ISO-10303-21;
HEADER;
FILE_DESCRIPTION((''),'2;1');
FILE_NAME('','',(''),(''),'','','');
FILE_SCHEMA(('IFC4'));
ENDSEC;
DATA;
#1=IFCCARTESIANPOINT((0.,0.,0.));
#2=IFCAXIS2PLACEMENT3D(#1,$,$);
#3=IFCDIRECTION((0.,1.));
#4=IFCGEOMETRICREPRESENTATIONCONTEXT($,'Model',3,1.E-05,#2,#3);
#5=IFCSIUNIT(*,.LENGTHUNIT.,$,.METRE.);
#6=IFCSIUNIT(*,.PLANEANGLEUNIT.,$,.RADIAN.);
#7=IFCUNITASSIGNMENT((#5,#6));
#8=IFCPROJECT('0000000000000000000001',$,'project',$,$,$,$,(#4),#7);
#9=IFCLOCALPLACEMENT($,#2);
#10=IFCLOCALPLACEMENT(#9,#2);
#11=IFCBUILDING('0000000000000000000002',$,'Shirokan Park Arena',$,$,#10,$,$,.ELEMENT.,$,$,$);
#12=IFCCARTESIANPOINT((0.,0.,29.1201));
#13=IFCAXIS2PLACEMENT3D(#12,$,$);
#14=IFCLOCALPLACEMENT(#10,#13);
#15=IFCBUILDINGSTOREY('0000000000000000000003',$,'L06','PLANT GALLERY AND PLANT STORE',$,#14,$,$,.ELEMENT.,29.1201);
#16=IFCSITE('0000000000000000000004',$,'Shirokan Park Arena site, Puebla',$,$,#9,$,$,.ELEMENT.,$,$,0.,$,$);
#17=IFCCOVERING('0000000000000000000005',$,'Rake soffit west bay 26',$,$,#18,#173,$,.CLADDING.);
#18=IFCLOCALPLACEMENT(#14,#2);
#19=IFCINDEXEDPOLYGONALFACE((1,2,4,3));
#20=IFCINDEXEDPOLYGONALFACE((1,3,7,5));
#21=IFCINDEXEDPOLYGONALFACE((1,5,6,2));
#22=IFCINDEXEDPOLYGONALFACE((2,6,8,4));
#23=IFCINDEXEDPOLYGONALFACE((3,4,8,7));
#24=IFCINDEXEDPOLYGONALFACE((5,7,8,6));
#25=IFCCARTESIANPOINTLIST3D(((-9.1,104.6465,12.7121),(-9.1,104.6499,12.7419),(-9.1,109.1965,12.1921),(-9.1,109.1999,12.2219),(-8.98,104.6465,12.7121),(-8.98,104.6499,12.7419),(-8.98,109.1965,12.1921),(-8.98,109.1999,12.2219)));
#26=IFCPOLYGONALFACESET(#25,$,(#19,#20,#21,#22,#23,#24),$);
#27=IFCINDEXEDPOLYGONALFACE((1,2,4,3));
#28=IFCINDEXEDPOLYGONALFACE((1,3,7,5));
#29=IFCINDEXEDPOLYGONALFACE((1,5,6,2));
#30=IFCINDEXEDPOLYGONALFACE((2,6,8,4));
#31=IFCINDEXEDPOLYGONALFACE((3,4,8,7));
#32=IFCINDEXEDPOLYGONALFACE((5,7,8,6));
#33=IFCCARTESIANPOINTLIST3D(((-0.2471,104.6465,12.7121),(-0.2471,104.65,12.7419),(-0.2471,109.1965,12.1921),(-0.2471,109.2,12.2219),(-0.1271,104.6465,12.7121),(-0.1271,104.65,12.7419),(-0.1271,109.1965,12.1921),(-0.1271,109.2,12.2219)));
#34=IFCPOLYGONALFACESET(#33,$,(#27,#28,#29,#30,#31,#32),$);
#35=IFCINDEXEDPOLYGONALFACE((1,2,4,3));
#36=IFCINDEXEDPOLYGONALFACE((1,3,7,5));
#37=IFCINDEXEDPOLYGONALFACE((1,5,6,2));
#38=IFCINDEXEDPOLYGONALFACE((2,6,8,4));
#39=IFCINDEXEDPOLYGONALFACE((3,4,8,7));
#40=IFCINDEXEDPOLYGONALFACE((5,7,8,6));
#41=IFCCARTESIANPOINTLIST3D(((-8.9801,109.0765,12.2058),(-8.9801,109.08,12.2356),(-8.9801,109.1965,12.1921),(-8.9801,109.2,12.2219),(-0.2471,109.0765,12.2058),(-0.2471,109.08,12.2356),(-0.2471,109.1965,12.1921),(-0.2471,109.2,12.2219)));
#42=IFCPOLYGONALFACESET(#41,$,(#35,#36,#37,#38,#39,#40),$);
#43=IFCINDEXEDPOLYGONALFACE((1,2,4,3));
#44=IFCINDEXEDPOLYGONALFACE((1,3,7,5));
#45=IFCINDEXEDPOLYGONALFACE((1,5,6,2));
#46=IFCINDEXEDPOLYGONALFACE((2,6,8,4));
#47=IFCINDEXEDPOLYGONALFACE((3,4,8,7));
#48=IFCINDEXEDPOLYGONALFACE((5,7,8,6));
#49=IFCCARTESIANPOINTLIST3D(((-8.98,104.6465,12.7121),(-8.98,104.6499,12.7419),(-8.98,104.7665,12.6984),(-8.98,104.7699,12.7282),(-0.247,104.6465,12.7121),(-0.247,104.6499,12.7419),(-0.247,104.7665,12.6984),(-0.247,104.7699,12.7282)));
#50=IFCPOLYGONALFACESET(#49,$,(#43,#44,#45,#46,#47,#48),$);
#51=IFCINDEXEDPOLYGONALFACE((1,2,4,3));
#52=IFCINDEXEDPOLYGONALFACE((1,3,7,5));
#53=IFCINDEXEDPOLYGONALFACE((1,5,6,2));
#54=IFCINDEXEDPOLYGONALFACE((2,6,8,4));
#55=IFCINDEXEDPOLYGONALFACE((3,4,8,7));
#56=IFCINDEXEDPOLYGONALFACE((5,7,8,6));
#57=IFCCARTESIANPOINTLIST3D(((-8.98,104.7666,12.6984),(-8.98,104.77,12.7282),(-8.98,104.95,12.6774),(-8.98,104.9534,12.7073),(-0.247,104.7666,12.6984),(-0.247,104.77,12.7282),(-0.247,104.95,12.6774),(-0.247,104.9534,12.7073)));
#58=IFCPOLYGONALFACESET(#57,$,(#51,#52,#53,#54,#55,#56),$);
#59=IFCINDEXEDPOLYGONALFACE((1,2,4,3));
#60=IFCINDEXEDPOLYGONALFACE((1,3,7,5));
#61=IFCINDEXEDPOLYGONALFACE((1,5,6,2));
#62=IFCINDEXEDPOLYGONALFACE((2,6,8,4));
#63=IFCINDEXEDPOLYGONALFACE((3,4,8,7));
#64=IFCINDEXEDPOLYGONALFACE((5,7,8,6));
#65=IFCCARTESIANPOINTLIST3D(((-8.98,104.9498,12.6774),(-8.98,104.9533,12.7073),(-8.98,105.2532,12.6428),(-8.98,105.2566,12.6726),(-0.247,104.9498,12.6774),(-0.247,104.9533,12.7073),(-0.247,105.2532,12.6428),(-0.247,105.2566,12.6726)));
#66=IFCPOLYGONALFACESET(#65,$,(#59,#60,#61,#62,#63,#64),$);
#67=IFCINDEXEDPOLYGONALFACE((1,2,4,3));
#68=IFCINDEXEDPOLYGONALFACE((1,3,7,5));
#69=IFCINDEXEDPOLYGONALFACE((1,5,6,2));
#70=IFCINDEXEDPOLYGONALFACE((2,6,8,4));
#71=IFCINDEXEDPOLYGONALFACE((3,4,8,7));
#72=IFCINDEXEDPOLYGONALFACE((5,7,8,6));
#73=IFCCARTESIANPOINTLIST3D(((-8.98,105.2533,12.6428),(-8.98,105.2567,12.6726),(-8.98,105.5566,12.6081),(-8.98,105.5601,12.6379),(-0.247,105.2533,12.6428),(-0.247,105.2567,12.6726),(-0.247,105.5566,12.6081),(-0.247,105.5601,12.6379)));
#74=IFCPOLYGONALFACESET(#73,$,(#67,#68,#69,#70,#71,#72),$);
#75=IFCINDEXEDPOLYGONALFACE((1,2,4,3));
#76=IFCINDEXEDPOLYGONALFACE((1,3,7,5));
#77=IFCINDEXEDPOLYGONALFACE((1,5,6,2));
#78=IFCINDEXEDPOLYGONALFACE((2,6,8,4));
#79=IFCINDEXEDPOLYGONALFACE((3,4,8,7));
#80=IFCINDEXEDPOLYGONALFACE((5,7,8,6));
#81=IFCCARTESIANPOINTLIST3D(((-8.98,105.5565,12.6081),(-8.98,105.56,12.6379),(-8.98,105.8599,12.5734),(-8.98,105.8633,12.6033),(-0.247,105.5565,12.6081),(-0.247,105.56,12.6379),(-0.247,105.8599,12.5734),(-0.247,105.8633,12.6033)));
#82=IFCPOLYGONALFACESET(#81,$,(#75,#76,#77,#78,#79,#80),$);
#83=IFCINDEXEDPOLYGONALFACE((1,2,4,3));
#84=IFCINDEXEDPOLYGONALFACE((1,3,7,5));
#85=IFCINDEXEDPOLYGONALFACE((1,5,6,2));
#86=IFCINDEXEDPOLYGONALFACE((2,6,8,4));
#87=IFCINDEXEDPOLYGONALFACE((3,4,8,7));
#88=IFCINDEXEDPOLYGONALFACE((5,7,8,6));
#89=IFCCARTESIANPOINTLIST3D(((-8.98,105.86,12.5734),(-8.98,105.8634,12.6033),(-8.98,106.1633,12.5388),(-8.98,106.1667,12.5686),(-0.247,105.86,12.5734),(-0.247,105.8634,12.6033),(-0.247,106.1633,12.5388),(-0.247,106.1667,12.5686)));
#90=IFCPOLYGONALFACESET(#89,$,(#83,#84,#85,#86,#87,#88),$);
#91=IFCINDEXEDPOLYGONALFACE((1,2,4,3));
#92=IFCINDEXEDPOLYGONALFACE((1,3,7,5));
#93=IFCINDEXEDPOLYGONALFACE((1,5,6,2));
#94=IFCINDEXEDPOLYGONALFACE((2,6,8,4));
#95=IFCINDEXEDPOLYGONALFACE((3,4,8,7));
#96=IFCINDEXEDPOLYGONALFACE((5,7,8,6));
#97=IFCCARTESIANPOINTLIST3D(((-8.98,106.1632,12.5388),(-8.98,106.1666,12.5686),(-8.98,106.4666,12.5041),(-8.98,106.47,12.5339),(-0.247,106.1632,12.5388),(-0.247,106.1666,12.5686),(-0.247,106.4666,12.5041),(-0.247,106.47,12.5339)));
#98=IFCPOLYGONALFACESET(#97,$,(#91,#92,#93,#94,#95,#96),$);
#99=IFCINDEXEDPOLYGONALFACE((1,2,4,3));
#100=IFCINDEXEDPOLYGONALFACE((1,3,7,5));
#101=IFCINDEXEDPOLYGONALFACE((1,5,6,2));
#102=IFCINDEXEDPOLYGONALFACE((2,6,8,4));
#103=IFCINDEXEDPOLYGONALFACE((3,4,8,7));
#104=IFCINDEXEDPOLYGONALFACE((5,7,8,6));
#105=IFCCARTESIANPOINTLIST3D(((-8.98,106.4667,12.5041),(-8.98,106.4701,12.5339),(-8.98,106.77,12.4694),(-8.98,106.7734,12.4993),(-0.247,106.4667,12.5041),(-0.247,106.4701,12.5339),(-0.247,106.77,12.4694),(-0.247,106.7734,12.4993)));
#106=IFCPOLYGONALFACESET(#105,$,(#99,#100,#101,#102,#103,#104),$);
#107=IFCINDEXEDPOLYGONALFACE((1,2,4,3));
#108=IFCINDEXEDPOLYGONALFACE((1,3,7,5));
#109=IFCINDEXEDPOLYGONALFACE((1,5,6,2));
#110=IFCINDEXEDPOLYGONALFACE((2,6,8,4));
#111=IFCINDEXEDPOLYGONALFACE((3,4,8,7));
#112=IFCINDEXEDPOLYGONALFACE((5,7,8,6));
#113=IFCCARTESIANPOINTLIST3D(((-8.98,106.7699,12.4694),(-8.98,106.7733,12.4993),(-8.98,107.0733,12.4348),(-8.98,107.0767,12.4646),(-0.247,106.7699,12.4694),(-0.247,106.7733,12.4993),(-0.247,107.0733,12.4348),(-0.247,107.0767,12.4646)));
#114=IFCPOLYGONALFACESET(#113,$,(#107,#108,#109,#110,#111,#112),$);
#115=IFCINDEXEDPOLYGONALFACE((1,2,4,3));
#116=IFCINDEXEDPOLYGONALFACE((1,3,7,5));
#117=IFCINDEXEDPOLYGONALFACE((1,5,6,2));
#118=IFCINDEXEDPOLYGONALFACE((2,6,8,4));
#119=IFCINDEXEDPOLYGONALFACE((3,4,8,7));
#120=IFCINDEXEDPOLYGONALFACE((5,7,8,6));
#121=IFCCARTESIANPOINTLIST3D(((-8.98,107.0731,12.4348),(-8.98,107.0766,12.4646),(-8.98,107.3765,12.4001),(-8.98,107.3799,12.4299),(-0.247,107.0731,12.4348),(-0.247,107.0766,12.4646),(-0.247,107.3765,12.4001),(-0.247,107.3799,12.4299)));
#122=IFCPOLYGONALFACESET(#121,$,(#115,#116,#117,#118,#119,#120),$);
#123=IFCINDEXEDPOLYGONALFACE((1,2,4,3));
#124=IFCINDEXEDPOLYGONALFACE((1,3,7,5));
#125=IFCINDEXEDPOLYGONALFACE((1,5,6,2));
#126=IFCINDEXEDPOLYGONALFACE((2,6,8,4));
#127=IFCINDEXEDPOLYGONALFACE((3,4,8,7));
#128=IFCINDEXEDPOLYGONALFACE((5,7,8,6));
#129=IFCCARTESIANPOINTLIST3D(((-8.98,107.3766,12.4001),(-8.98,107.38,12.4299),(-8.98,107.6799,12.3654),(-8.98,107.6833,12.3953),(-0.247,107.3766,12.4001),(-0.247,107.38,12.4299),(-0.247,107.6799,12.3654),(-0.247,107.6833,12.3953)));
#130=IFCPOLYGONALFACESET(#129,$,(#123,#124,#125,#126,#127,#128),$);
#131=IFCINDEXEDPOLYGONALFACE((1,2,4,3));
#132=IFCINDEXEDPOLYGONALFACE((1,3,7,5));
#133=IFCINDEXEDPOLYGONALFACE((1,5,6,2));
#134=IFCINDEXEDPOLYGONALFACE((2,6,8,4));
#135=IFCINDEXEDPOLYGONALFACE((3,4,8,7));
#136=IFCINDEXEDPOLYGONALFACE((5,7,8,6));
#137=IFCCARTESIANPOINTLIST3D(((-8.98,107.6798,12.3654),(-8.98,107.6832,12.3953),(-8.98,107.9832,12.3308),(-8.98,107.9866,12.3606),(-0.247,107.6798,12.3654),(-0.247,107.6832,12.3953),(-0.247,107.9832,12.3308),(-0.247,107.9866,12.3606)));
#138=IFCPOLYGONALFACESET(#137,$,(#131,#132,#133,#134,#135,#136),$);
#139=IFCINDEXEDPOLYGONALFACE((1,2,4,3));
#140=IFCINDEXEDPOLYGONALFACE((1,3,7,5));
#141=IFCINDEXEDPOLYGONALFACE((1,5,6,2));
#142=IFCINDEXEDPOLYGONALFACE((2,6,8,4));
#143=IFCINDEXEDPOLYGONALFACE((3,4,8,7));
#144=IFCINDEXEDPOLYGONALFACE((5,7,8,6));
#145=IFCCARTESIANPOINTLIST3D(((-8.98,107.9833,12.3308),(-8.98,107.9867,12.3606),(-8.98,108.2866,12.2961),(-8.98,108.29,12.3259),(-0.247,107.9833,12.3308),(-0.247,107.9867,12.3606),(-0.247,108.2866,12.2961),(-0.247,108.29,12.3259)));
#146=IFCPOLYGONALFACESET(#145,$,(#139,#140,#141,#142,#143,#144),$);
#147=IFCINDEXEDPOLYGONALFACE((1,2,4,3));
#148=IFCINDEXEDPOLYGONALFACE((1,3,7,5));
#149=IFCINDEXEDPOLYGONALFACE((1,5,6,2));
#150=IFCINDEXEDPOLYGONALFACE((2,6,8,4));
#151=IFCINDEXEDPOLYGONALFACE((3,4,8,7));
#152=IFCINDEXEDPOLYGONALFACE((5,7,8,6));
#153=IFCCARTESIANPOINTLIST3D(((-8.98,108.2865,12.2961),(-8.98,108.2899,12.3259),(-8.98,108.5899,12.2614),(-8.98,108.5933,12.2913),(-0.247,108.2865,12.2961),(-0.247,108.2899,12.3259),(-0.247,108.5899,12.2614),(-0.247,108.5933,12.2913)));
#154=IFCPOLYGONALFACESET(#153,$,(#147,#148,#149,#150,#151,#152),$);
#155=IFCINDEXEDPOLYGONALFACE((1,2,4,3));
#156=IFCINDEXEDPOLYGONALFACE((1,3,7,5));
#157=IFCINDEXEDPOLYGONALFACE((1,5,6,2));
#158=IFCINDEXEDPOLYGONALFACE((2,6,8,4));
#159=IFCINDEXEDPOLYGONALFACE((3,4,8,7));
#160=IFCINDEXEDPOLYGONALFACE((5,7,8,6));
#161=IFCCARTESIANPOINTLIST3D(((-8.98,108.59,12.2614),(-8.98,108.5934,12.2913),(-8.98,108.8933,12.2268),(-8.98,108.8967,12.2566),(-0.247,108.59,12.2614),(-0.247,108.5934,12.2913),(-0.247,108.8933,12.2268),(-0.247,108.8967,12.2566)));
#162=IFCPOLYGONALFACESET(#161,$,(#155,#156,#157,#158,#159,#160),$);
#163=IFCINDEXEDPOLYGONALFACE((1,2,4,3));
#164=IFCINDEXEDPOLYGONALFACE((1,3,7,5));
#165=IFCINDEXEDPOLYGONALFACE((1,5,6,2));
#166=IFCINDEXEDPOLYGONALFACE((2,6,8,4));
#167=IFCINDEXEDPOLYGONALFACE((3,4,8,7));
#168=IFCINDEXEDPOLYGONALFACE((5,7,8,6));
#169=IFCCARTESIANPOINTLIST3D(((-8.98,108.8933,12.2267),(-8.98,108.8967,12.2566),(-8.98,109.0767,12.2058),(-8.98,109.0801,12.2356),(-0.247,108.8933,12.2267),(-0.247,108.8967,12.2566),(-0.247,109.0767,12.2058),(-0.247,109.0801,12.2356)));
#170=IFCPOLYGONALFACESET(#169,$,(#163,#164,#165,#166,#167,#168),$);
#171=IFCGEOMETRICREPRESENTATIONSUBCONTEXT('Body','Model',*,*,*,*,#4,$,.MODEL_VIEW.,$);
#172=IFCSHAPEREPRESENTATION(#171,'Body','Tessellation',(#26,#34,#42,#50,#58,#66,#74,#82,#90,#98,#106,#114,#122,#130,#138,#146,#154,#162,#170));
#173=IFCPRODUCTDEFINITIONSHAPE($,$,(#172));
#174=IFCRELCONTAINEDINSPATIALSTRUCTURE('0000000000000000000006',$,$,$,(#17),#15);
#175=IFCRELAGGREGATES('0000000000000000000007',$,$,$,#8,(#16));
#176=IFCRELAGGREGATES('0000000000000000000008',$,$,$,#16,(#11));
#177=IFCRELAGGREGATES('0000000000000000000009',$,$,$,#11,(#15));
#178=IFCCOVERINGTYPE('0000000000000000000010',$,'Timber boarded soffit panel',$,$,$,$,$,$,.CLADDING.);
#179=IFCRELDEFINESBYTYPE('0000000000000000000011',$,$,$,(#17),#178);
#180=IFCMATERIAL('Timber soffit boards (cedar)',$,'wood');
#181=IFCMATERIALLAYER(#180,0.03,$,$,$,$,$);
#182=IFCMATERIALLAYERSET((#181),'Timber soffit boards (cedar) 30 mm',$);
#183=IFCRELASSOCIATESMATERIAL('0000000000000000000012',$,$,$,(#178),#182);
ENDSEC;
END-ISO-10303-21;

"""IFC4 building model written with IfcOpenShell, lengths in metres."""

from ifc_helpers import new_model, si_unit, direction, frame, origin, place, context, subcontext, project, spatial, polyline, outline, extrude, material, layer, layer_set, type_object, element, save


model = new_model("IFC4")

# Units and contexts
model_context = context("Model", 3, precision=1e-05, world=origin(), true_north=direction((0.0, 1.0)))
body_context = subcontext(model_context, "Body", "Model", "MODEL_VIEW")
ifc_project = project(units=[si_unit("LENGTHUNIT", "METRE"), si_unit("PLANEANGLEUNIT", "RADIAN")], contexts=[model_context])

# Site, building, storey
site_placement = place(None, origin())
site = spatial("IfcSite", under=ifc_project, at=site_placement, Name="Shirokan Park Arena site, Puebla", CompositionType="ELEMENT", RefElevation=0.0)
building_placement = place(site_placement, origin())
building = spatial("IfcBuilding", under=site, at=building_placement, Name="Shirokan Park Arena", CompositionType="ELEMENT")
storey_placement = place(building_placement, frame((0.0, 0.0, 29.1201)))
storey = spatial("IfcBuildingStorey", under=building, at=storey_placement, Name="L06", Description="PLANT GALLERY AND PLANT STORE", CompositionType="ELEMENT", Elevation=29.1201)

# Covering
ifc_material = material(Name="Timber soffit boards (cedar)", Category="wood")
ifc_layer = layer(ifc_material, 0.03)
ifc_layer_set = layer_set([ifc_layer], Name="Timber soffit boards (cedar) 30 mm")
covering_type = type_object("IfcCoveringType", Name="Timber boarded soffit panel", PredefinedType="CLADDING", material=ifc_layer_set)
covering_1_placement = place(storey_placement, origin())
element("IfcCovering", 1, at=covering_1_placement, inside=storey, type_object=covering_type, Name="Rake soffit west bay 26", PredefinedType="CLADDING", context=body_context, shape_type="SweptSolid", body=[
    extrude(outline(polyline([(0.0, 0.0), (0.12, 0.0), (0.12, -4.5796), (0.0, -4.5796), (0.0, 0.0)])), frame((-8.98, 104.6499, 12.7419), z_axis=(0.0, 0.113547, 0.993533), x_axis=(-1.0, 0.0, 0.0)), (0.0, 0.0, -1.0), 0.03),
    extrude(outline(polyline([(0.0, 0.0), (0.12, 0.0), (0.12, -4.5796), (0.0, -4.5796), (0.0, 0.0)])), frame((-0.2471, 109.2, 12.2219), z_axis=(0.0, 0.113547, 0.993533), x_axis=(1.0, 0.0, 0.0)), (0.0, 0.0, -1.0), 0.03),
    extrude(outline(polyline([(0.0, 0.0), (0.1208, 0.0), (0.1208, -8.733), (0.0, -8.733), (0.0, 0.0)])), frame((-0.2471, 109.2, 12.2219), z_axis=(0.0, 0.113512, 0.993537), x_axis=(0.0, -0.993537, 0.113512)), (0.0, 0.0, -1.0), 0.03),
    extrude(outline(polyline([(0.0, 0.0), (0.1208, 0.0), (0.1208, -8.733), (0.0, -8.733), (0.0, 0.0)])), frame((-8.98, 104.6499, 12.7419), z_axis=(0.0, 0.113512, 0.993537), x_axis=(0.0, 0.993537, -0.113512)), (0.0, 0.0, -1.0), 0.03),
    extrude(outline(polyline([(0.0, 0.0), (8.733, 0.0), (8.733, -0.1845), (0.0, -0.1845), (0.0, 0.0)])), frame((-8.98, 104.9534, 12.7073), z_axis=(0.0, 0.113589, 0.993528), x_axis=(1.0, 0.0, 0.0)), (0.0, 0.0, -1.0), 0.03),
    extrude(outline(polyline([(0.0, 0.0), (8.733, 0.0), (8.733, -0.3053), (0.0, -0.3053), (0.0, 0.0)])), frame((-8.98, 105.2566, 12.6726), z_axis=(0.0, 0.113523, 0.993535), x_axis=(1.0, 0.0, 0.0)), (0.0, 0.0, -1.0), 0.03),
    extrude(outline(polyline([(0.0, 0.0), (8.733, 0.0), (8.733, -0.3053), (0.0, -0.3053), (0.0, 0.0)])), frame((-8.98, 105.5601, 12.6379), z_axis=(0.0, 0.113559, 0.993531), x_axis=(1.0, 0.0, 0.0)), (0.0, 0.0, -1.0), 0.03),
    extrude(outline(polyline([(0.0, 0.0), (8.733, 0.0), (8.733, -0.3053), (0.0, -0.3053), (0.0, 0.0)])), frame((-8.98, 105.8633, 12.6033), z_axis=(0.0, 0.113559, 0.993531), x_axis=(1.0, 0.0, 0.0)), (0.0, 0.0, -1.0), 0.03),
    extrude(outline(polyline([(0.0, 0.0), (8.733, 0.0), (8.733, -0.3053), (0.0, -0.3053), (0.0, 0.0)])), frame((-8.98, 106.1667, 12.5686), z_axis=(0.0, 0.113523, 0.993535), x_axis=(1.0, 0.0, 0.0)), (0.0, 0.0, -1.0), 0.03),
    extrude(outline(polyline([(0.0, 0.0), (8.733, 0.0), (8.733, -0.3053), (0.0, -0.3053), (0.0, 0.0)])), frame((-8.98, 106.47, 12.5339), z_axis=(0.0, 0.113559, 0.993531), x_axis=(1.0, 0.0, 0.0)), (0.0, 0.0, -1.0), 0.03),
    extrude(outline(polyline([(0.0, 0.0), (8.733, 0.0), (8.733, -0.3053), (0.0, -0.3053), (0.0, 0.0)])), frame((-8.98, 106.7734, 12.4993), z_axis=(0.0, 0.113559, 0.993531), x_axis=(1.0, 0.0, 0.0)), (0.0, 0.0, -1.0), 0.03),
    extrude(outline(polyline([(0.0, 0.0), (8.733, 0.0), (8.733, -0.3053), (0.0, -0.3053), (0.0, 0.0)])), frame((-8.98, 107.0767, 12.4646), z_axis=(0.0, 0.113523, 0.993535), x_axis=(1.0, 0.0, 0.0)), (0.0, 0.0, -1.0), 0.03),
    extrude(outline(polyline([(0.0, 0.0), (8.733, 0.0), (8.733, -0.3053), (0.0, -0.3053), (0.0, 0.0)])), frame((-8.98, 107.3799, 12.4299), z_axis=(0.0, 0.113559, 0.993531), x_axis=(1.0, 0.0, 0.0)), (0.0, 0.0, -1.0), 0.03),
    extrude(outline(polyline([(0.0, 0.0), (8.733, 0.0), (8.733, -0.3053), (0.0, -0.3053), (0.0, 0.0)])), frame((-8.98, 107.6833, 12.3953), z_axis=(0.0, 0.113559, 0.993531), x_axis=(1.0, 0.0, 0.0)), (0.0, 0.0, -1.0), 0.03),
    extrude(outline(polyline([(0.0, 0.0), (8.733, 0.0), (8.733, -0.3053), (0.0, -0.3053), (0.0, 0.0)])), frame((-8.98, 107.9866, 12.3606), z_axis=(0.0, 0.113523, 0.993535), x_axis=(1.0, 0.0, 0.0)), (0.0, 0.0, -1.0), 0.03),
    extrude(outline(polyline([(0.0, 0.0), (8.733, 0.0), (8.733, -0.3053), (0.0, -0.3053), (0.0, 0.0)])), frame((-8.98, 108.29, 12.3259), z_axis=(0.0, 0.113559, 0.993531), x_axis=(1.0, 0.0, 0.0)), (0.0, 0.0, -1.0), 0.03),
    extrude(outline(polyline([(0.0, 0.0), (8.733, 0.0), (8.733, -0.3053), (0.0, -0.3053), (0.0, 0.0)])), frame((-8.98, 108.5933, 12.2913), z_axis=(0.0, 0.113559, 0.993531), x_axis=(1.0, 0.0, 0.0)), (0.0, 0.0, -1.0), 0.03),
    extrude(outline(polyline([(0.0, 0.0), (8.733, 0.0), (8.733, -0.3053), (0.0, -0.3053), (0.0, 0.0)])), frame((-8.98, 108.8967, 12.2566), z_axis=(0.0, 0.113523, 0.993535), x_axis=(1.0, 0.0, 0.0)), (0.0, 0.0, -1.0), 0.03),
    extrude(outline(polyline([(0.0, 0.0), (8.733, 0.0), (8.733, -0.1845), (0.0, -0.1845), (0.0, 0.0)])), frame((-8.98, 109.0801, 12.2356), z_axis=(0.0, 0.113589, 0.993528), x_axis=(1.0, 0.0, 0.0)), (0.0, 0.0, -1.0), 0.03),
])

save(model, "model.ifc")
